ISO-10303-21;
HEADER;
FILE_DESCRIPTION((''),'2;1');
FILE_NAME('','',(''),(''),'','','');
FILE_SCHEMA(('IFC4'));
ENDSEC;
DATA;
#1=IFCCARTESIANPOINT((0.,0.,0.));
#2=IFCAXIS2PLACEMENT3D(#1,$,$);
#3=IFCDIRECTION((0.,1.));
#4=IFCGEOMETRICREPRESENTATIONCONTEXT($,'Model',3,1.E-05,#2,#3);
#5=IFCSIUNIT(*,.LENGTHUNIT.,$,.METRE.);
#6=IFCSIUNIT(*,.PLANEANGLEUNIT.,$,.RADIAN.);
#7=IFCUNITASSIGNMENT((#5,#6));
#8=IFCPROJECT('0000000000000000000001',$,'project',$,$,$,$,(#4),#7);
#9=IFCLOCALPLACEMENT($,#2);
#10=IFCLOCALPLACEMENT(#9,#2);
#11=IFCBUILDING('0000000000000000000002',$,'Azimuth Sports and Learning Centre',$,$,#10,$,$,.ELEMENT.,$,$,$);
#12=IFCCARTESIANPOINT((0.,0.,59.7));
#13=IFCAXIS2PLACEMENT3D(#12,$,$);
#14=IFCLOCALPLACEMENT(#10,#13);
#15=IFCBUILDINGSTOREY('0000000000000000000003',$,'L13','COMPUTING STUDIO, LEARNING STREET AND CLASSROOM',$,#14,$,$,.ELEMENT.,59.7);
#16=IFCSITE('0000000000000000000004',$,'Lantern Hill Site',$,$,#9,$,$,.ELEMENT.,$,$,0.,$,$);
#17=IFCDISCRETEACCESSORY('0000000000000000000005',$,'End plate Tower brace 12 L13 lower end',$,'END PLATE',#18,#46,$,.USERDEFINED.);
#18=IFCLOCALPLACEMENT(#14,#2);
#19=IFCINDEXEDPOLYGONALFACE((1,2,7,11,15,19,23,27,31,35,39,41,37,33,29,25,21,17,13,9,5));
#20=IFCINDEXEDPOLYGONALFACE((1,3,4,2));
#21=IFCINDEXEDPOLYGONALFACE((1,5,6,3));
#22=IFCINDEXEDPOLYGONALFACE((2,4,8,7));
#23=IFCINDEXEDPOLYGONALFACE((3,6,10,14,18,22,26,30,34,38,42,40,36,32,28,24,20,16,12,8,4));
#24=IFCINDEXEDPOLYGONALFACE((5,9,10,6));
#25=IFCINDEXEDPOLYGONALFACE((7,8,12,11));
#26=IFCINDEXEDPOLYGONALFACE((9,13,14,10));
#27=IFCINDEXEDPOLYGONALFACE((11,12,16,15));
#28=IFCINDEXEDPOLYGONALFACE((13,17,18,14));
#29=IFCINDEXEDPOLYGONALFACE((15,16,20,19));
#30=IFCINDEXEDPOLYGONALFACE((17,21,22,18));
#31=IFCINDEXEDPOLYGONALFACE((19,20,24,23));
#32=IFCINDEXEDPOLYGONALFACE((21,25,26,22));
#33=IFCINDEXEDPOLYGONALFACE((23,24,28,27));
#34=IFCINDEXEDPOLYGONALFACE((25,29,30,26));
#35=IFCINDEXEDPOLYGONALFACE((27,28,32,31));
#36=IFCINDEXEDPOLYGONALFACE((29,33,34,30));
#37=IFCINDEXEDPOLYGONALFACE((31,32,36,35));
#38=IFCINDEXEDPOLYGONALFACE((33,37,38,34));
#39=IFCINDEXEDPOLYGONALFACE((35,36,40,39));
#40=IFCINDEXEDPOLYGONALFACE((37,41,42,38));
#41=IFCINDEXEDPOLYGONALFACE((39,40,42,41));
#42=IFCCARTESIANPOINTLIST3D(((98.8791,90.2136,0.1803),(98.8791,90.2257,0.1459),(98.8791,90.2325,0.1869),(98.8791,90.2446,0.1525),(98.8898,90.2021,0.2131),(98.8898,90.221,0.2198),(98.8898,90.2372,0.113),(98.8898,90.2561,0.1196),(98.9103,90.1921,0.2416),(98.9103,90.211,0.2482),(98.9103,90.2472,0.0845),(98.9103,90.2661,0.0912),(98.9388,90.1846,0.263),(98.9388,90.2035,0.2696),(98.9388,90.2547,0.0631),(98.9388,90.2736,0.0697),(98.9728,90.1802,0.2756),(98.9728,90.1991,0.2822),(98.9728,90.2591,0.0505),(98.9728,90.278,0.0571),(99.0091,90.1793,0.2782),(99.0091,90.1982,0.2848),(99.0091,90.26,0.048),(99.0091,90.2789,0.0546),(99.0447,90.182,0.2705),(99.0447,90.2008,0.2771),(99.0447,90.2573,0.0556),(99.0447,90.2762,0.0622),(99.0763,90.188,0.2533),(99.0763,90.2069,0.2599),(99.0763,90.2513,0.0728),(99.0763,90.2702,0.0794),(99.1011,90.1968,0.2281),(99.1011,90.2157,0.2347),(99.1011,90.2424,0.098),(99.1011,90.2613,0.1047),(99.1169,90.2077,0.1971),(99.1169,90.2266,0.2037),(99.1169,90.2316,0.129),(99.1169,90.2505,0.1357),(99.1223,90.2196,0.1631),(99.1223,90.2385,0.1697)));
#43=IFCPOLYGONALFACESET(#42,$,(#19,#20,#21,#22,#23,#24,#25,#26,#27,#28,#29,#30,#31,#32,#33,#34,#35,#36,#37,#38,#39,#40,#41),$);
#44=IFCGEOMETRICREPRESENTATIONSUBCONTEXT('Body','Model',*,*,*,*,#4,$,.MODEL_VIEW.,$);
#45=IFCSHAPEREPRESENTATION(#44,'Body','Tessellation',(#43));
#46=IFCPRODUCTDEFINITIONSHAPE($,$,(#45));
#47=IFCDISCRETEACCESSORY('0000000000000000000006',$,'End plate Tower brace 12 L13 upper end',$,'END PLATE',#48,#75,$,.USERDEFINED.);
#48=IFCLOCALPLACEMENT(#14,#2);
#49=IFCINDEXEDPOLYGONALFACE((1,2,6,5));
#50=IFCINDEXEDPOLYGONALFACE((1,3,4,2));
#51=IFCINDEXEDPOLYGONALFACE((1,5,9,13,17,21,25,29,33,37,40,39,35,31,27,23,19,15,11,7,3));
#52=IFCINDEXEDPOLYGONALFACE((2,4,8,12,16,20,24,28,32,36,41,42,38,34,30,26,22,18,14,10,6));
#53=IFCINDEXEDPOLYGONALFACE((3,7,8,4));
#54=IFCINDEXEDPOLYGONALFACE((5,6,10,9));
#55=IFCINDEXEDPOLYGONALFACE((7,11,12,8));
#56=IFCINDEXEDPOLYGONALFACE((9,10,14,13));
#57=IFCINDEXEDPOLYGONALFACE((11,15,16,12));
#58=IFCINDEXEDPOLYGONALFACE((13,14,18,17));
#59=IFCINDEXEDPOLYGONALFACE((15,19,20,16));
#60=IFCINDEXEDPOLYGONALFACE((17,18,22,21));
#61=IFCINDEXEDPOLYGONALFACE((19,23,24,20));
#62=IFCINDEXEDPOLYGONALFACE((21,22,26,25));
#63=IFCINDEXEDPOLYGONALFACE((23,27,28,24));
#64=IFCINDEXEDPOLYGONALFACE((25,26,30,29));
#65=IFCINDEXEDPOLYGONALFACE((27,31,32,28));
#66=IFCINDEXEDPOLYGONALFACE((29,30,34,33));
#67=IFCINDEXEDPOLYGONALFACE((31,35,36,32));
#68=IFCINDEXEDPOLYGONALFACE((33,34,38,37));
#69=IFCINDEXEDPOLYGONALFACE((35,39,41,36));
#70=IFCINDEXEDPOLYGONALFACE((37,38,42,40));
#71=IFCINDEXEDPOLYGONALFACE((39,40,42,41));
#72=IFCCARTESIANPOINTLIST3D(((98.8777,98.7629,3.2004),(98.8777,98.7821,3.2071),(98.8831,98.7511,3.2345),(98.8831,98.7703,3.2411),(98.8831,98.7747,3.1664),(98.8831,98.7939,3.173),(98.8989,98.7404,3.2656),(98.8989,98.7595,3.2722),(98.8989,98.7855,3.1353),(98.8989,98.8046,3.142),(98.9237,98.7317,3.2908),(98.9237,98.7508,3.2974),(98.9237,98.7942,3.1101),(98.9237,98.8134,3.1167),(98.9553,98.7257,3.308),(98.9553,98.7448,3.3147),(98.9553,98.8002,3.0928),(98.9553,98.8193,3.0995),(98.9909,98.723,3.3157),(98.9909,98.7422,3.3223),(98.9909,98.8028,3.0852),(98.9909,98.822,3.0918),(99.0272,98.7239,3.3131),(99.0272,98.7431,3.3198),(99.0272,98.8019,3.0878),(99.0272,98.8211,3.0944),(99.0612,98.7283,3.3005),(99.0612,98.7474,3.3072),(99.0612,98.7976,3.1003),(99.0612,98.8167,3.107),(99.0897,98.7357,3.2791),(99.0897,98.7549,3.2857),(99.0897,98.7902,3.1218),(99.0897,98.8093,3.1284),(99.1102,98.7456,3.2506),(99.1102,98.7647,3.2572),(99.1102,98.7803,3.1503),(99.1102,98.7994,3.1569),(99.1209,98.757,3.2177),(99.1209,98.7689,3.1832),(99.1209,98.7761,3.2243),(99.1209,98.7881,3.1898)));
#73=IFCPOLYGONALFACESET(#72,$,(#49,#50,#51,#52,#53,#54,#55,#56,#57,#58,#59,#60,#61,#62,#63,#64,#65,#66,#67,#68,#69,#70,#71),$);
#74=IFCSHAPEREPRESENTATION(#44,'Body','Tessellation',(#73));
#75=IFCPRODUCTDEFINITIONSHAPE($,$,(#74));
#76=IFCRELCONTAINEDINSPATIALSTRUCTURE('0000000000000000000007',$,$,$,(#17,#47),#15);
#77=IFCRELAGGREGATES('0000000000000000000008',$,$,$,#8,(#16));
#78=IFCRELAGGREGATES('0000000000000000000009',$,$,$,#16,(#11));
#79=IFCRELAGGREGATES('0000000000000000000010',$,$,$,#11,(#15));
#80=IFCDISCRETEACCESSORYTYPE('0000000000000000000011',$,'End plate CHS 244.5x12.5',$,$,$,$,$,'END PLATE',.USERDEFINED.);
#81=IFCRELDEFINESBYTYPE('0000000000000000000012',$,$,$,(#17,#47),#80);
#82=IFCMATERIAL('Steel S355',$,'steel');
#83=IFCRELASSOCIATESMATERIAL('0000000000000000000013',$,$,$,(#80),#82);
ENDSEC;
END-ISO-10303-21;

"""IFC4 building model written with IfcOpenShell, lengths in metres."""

from ifc_helpers import new_model, si_unit, direction, frame, origin, origin_2d, place, context, subcontext, project, spatial, circle, extrude, material, material_profile, profile_set, type_object, element, save


model = new_model("IFC4")

# Units and contexts
model_context = context("Model", 3, precision=1e-05, world=origin(), true_north=direction((0.0, 1.0)))
body_context = subcontext(model_context, "Body", "Model", "MODEL_VIEW")
ifc_project = project(units=[si_unit("LENGTHUNIT", "METRE"), si_unit("PLANEANGLEUNIT", "RADIAN")], contexts=[model_context])

# Site, building, storey
site_placement = place(None, origin())
site = spatial("IfcSite", under=ifc_project, at=site_placement, Name="Lantern Hill Site", CompositionType="ELEMENT", RefElevation=0.0)
building_placement = place(site_placement, origin())
building = spatial("IfcBuilding", under=site, at=building_placement, Name="Azimuth Sports and Learning Centre", CompositionType="ELEMENT")
storey_placement = place(building_placement, frame((0.0, 0.0, 59.7)))
storey = spatial("IfcBuildingStorey", under=building, at=storey_placement, Name="L13", Description="COMPUTING STUDIO, LEARNING STREET AND CLASSROOM", CompositionType="ELEMENT", Elevation=59.7)

# Discrete accessories
ifc_material_1 = material(Name="Steel S355", Category="steel")
ifc_material_profile_1 = material_profile(ifc_material_1, circle(Radius=0.1223, at=origin_2d()), Name="PL 244 DISC")
ifc_profile_set_1 = profile_set([ifc_material_profile_1], Name="Steel S355")
discrete_accessory_type = type_object("IfcDiscreteAccessoryType", Name="End plate CHS 244.5x12.5", ElementType="END PLATE", PredefinedType="USERDEFINED", material=ifc_profile_set_1)
discrete_accessory_1_placement = place(storey_placement, frame((99.0, 90.2385, 0.1697), z_axis=(0.0, -0.943667, -0.330896), x_axis=(1.0, 0.0, 0.0)))
element("IfcDiscreteAccessory", 1, at=discrete_accessory_1_placement, inside=storey, type_object=discrete_accessory_type, Name="End plate Tower brace 12 L13 lower end", ObjectType="END PLATE", PredefinedType="USERDEFINED", context=body_context, shape_type="SweptSolid", body=[
    extrude(circle(Radius=0.1223, at=origin_2d()), origin(), (0.0, 0.0, 1.0), 0.02),
])
discrete_accessory_2_placement = place(storey_placement, frame((99.0, 98.7629, 3.2004), z_axis=(0.0, 0.944986, 0.327111), x_axis=(-1.0, 0.0, 0.0)))
element("IfcDiscreteAccessory", 2, at=discrete_accessory_2_placement, inside=storey, type_object=discrete_accessory_type, Name="End plate Tower brace 12 L13 upper end", ObjectType="END PLATE", PredefinedType="USERDEFINED", context=body_context, shape_type="SweptSolid", body=[
    extrude(circle(Radius=0.1223, at=origin_2d()), origin(), (0.0, 0.0, 1.0), 0.0203),
])

save(model, "model.ifc")
